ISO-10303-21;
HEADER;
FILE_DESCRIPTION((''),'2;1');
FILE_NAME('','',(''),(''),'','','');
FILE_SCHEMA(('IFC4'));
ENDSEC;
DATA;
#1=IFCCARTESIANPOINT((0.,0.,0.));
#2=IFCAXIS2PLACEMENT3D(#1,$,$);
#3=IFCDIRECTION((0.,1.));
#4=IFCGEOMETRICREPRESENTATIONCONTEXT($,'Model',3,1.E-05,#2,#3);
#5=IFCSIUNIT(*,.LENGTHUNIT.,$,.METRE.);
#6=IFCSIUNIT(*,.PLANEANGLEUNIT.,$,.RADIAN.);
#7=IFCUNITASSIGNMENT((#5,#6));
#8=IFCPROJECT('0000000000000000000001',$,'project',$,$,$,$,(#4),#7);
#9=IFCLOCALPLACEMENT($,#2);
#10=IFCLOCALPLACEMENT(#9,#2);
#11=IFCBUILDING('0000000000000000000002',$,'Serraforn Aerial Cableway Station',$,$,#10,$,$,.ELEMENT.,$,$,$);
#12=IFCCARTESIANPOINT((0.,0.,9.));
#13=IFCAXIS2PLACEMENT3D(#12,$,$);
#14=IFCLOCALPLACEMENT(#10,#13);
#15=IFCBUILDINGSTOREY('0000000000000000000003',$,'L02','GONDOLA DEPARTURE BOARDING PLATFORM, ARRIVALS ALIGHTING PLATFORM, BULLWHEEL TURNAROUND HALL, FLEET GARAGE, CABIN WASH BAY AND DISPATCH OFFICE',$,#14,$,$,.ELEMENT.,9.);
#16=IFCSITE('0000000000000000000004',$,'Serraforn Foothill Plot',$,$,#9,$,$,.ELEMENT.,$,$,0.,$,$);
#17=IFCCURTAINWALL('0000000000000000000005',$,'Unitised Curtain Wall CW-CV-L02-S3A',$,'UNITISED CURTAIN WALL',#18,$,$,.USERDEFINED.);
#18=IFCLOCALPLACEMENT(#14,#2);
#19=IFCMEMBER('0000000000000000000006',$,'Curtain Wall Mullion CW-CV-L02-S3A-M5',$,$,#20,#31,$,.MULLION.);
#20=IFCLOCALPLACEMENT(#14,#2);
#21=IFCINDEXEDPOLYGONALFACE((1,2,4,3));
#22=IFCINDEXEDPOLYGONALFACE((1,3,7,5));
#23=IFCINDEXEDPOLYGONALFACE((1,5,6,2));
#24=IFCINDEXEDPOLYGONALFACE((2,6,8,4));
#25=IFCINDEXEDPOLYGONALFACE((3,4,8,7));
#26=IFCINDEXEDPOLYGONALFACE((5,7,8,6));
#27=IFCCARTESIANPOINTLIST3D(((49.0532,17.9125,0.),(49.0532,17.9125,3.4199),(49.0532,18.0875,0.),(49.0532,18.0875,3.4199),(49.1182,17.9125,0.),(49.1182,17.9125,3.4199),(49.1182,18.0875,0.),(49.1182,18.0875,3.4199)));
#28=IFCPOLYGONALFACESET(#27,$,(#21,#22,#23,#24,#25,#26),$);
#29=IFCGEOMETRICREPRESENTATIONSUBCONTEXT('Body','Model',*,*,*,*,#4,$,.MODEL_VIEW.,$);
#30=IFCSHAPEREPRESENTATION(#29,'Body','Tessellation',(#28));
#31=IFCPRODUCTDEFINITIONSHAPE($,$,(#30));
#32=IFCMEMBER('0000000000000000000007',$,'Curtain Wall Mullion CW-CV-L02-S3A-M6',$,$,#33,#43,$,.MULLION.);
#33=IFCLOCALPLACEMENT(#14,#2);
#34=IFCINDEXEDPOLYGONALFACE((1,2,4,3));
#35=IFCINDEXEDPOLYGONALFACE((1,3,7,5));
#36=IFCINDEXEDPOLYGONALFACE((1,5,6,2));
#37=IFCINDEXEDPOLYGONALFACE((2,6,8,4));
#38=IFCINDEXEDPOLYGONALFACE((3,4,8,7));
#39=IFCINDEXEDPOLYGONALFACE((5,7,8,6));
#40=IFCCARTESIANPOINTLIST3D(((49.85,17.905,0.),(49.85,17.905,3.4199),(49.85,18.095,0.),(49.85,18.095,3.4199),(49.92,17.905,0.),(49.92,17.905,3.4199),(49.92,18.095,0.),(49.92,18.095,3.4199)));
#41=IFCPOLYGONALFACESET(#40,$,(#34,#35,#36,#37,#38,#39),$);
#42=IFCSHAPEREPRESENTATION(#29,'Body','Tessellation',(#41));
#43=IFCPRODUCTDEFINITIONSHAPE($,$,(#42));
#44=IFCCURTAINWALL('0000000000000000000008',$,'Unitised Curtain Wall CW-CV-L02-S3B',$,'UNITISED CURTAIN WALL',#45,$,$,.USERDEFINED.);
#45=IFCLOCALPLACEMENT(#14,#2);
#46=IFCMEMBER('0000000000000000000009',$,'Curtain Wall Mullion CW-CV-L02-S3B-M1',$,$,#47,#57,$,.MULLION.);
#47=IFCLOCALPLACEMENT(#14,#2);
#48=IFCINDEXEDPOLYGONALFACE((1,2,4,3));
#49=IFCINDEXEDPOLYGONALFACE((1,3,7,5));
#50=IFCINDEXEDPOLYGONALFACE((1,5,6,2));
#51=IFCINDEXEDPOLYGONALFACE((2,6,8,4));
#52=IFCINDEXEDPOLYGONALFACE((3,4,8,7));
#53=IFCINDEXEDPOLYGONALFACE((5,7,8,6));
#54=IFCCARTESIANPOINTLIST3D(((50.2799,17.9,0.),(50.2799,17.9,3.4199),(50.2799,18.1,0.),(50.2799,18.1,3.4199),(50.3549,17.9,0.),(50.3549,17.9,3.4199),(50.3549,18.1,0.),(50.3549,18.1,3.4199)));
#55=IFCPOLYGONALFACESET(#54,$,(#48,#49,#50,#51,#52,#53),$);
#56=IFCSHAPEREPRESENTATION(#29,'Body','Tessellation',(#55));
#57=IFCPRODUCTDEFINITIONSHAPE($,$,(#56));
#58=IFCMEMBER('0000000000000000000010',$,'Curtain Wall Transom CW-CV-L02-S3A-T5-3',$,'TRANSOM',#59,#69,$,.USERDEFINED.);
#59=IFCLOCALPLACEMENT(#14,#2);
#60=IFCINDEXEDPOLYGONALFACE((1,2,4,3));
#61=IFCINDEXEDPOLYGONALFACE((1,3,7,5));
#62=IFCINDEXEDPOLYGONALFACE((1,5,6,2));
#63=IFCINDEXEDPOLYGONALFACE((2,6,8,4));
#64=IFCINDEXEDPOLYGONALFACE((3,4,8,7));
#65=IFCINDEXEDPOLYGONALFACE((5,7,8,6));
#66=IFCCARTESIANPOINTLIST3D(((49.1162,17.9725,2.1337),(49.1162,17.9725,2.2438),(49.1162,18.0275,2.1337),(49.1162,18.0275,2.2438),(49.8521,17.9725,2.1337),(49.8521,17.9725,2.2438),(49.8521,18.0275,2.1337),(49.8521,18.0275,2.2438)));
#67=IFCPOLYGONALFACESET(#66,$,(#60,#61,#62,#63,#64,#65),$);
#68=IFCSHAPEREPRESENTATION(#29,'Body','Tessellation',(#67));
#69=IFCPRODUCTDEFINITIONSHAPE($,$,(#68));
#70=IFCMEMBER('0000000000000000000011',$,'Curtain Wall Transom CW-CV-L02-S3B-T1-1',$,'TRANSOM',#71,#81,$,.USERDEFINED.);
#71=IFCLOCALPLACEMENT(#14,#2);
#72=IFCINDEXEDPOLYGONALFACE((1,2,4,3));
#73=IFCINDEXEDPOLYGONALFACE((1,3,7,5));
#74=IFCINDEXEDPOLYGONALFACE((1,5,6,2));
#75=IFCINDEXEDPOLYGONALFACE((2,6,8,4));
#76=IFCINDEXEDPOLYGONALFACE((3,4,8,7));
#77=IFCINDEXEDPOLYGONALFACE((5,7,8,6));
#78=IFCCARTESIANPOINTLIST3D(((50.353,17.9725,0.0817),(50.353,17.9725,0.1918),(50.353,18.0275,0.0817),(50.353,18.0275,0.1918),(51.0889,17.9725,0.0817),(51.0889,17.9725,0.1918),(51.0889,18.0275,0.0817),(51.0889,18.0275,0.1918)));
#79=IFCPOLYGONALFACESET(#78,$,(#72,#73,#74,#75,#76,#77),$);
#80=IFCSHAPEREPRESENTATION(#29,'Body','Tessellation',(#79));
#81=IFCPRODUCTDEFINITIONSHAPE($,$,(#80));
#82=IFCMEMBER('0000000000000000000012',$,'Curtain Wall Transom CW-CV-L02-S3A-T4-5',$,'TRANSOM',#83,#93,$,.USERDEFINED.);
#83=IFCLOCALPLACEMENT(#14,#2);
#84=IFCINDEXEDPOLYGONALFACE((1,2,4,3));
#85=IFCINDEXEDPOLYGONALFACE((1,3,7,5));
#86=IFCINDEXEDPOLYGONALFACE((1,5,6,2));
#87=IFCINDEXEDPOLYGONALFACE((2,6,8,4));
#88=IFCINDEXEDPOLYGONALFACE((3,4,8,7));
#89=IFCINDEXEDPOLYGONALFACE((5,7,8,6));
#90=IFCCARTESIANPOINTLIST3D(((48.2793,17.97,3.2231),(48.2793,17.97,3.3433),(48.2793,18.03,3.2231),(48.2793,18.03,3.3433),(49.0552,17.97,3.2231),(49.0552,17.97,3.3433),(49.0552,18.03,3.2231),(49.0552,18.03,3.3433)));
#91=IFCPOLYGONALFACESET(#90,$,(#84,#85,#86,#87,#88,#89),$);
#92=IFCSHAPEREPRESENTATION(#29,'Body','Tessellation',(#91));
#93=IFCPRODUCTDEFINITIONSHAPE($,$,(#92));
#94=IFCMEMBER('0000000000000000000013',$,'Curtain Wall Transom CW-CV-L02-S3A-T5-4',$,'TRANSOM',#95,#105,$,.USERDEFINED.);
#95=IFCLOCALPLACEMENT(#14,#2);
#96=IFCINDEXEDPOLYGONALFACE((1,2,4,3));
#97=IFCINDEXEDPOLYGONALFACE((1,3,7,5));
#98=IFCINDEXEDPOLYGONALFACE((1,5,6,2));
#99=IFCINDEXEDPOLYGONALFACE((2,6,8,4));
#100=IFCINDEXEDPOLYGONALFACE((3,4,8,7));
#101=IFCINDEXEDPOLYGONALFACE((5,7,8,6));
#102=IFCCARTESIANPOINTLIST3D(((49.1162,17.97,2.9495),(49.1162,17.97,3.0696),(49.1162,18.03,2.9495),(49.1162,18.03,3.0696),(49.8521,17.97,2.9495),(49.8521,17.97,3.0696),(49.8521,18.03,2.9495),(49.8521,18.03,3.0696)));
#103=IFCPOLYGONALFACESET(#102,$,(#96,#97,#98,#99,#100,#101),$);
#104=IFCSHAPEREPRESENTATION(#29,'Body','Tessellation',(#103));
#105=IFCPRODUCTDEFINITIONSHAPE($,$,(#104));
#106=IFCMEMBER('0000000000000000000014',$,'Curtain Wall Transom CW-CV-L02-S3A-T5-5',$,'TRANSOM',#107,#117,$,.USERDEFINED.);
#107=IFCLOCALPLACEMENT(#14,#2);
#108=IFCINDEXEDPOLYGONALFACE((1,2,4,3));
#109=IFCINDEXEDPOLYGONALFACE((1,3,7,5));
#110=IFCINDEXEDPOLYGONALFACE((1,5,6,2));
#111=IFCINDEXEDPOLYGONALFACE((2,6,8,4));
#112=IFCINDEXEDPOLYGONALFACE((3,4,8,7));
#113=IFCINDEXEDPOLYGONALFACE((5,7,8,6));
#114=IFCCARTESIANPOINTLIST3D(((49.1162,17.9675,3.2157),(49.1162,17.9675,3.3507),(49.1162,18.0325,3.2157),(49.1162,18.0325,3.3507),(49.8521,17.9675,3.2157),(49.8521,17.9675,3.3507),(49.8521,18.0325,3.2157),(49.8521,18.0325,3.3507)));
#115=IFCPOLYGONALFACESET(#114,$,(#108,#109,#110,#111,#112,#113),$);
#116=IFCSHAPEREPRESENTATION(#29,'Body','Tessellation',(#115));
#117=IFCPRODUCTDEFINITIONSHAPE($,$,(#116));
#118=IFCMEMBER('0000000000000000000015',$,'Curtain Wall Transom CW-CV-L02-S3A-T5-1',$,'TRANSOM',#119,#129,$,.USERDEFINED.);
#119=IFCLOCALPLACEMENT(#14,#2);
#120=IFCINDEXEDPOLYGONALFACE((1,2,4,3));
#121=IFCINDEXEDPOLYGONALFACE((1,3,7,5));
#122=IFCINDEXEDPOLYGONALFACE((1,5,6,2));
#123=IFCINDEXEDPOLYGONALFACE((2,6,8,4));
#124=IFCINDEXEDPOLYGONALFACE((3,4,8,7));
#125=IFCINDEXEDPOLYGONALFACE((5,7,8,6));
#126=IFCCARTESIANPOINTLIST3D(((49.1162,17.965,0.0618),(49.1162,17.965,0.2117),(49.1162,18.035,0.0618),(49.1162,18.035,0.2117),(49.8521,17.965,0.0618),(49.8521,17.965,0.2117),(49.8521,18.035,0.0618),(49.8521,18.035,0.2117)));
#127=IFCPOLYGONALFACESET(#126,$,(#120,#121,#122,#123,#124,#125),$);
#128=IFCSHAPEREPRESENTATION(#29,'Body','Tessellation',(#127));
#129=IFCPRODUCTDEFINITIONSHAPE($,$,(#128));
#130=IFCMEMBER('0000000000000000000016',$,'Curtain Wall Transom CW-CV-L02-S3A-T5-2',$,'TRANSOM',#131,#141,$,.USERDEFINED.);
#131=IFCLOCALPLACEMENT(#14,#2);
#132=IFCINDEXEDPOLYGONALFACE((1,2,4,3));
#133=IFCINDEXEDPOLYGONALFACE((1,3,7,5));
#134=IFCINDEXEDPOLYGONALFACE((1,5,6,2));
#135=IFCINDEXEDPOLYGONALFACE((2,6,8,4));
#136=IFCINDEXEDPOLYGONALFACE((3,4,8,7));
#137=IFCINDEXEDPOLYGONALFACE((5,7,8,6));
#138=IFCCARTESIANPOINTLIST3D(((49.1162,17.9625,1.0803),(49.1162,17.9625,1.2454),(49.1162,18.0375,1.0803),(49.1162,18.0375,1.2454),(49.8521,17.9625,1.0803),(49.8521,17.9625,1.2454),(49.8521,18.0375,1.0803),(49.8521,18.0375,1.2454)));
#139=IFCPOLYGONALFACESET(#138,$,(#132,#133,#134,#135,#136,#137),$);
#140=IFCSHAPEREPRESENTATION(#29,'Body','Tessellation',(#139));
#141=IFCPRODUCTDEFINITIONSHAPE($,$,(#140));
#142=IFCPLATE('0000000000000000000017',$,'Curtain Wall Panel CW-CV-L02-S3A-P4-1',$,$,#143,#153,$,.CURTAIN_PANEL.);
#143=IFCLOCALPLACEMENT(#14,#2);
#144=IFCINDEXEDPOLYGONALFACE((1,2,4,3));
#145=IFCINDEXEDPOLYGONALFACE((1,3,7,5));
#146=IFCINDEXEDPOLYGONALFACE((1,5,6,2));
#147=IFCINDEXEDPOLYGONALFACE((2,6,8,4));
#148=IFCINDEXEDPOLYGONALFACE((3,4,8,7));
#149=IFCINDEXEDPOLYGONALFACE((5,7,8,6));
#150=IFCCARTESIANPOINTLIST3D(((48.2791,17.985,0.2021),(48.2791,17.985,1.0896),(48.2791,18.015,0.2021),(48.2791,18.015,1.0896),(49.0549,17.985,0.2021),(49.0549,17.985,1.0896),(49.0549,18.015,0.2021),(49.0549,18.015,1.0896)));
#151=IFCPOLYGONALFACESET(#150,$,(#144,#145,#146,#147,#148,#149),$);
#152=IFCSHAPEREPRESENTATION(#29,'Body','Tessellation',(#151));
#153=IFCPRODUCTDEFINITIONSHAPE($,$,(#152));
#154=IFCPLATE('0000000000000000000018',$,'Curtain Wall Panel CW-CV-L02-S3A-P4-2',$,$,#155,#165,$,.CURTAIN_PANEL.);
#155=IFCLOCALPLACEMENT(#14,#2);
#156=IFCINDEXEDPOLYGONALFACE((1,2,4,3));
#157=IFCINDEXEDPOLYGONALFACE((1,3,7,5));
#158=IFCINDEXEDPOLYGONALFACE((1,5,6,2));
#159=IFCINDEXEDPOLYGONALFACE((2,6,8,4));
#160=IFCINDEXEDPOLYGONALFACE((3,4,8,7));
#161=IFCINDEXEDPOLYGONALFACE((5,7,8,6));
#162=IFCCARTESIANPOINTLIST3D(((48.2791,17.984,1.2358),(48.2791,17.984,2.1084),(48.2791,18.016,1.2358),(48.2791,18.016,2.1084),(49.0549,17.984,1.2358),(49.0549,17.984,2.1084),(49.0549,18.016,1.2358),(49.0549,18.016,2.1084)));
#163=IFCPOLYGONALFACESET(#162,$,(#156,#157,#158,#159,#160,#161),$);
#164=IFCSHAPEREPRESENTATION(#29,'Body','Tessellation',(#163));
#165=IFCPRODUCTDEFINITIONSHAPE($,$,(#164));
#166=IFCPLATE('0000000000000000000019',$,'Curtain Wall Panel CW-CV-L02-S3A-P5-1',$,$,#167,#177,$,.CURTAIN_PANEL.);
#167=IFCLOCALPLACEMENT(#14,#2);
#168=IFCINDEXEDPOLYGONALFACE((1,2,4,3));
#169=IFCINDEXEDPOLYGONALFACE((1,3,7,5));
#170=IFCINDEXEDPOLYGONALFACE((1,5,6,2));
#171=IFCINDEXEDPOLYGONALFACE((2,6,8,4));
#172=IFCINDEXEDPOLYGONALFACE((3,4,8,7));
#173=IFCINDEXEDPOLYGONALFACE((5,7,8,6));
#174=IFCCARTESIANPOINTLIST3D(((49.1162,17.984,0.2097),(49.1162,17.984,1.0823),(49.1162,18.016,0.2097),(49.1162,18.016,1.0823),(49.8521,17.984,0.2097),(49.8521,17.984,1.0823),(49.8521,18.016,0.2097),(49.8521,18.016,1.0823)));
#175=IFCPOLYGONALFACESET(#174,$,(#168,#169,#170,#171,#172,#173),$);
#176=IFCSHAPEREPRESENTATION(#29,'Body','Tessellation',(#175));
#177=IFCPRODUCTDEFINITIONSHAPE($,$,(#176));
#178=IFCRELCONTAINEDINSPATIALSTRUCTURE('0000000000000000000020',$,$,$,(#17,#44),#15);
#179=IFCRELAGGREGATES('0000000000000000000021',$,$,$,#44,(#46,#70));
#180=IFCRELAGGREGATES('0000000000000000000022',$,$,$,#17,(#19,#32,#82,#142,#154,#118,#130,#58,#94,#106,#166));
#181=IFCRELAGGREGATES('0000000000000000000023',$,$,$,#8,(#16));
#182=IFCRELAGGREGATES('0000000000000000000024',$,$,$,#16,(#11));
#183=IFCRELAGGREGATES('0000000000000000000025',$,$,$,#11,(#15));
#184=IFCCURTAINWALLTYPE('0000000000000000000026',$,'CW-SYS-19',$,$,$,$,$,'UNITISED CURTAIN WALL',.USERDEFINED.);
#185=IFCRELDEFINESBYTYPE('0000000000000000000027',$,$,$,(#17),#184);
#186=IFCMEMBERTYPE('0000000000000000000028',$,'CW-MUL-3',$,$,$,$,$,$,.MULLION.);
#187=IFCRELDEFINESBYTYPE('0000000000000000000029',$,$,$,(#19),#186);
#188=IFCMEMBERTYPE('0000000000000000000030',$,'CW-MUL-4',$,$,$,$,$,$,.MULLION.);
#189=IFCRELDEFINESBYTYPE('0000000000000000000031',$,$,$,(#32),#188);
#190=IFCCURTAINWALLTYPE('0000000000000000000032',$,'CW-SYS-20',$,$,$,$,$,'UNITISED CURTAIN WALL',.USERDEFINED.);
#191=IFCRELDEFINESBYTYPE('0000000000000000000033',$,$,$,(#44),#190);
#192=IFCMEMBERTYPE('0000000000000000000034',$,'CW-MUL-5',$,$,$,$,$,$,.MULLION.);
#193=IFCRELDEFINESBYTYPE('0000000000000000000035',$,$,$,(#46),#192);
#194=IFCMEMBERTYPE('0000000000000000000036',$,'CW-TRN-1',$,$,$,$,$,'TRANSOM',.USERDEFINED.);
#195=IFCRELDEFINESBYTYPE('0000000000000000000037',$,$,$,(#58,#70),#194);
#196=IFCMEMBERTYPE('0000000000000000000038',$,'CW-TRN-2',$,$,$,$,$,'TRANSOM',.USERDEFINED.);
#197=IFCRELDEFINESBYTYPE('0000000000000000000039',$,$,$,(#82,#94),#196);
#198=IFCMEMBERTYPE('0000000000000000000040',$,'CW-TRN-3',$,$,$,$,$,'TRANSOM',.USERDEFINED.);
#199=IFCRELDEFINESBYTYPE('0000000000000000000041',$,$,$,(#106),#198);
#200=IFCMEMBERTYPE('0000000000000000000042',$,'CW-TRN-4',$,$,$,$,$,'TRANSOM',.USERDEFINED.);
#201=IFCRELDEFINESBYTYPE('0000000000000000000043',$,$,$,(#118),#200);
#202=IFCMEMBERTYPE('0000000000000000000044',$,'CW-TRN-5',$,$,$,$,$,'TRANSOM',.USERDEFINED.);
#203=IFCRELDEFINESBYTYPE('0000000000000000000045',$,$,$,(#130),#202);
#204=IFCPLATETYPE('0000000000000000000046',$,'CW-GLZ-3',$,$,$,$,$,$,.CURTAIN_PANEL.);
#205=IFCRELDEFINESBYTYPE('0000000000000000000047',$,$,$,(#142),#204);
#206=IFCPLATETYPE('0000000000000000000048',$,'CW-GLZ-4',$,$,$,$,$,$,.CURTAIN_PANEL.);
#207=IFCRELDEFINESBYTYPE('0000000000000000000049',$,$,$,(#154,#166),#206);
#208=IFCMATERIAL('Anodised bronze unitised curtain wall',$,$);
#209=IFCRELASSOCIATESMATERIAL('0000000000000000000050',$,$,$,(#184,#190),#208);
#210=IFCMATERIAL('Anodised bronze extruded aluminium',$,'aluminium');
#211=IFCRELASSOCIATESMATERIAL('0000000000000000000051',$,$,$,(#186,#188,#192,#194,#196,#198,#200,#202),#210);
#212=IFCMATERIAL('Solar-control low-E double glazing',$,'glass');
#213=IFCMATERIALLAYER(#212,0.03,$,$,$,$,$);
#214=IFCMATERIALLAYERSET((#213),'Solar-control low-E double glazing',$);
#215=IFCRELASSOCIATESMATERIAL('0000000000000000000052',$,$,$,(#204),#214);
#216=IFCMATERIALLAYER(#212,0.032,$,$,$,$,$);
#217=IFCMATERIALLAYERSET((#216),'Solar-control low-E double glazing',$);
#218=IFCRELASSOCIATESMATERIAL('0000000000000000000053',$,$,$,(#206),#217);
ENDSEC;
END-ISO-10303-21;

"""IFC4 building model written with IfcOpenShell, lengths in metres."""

from ifc_helpers import new_model, si_unit, direction, frame, origin, origin_2d, place, context, subcontext, project, spatial, rectangle, extrude, material, layer, layer_set, material_profile, profile_set, type_object, element, aggregate, save


model = new_model("IFC4")

# Units and contexts
model_context = context("Model", 3, precision=1e-05, world=origin(), true_north=direction((0.0, 1.0)))
body_context = subcontext(model_context, "Body", "Model", "MODEL_VIEW")
ifc_project = project(units=[si_unit("LENGTHUNIT", "METRE"), si_unit("PLANEANGLEUNIT", "RADIAN")], contexts=[model_context])

# Site, building, storey
site_placement = place(None, origin())
site = spatial("IfcSite", under=ifc_project, at=site_placement, Name="Serraforn Foothill Plot", CompositionType="ELEMENT", RefElevation=0.0)
building_placement = place(site_placement, origin())
building = spatial("IfcBuilding", under=site, at=building_placement, Name="Serraforn Aerial Cableway Station", CompositionType="ELEMENT")
storey_placement = place(building_placement, frame((0.0, 0.0, 9.0)))
storey = spatial("IfcBuildingStorey", under=building, at=storey_placement, Name="L02", Description="GONDOLA DEPARTURE BOARDING PLATFORM, ARRIVALS ALIGHTING PLATFORM, BULLWHEEL TURNAROUND HALL, FLEET GARAGE, CABIN WASH BAY AND DISPATCH OFFICE", CompositionType="ELEMENT", Elevation=9.0)

# Curtain wall, members
ifc_material_1 = material(Name="Anodised bronze unitised curtain wall")
curtain_wall_type_1 = type_object("IfcCurtainWallType", Name="CW-SYS-19", ElementType="UNITISED CURTAIN WALL", PredefinedType="USERDEFINED", material=ifc_material_1)
curtain_wall_1_placement = place(storey_placement, origin())
curtain_wall_1 = element("IfcCurtainWall", 1, at=curtain_wall_1_placement, inside=storey, type_object=curtain_wall_type_1, Name="Unitised Curtain Wall CW-CV-L02-S3A", ObjectType="UNITISED CURTAIN WALL", PredefinedType="USERDEFINED")
ifc_material_2 = material(Name="Anodised bronze extruded aluminium", Category="aluminium")
ifc_material_profile_1 = material_profile(ifc_material_2, rectangle(XDim=0.0649, YDim=0.175, at=origin_2d()), Name="CW MULLION 65x175")
ifc_profile_set_1 = profile_set([ifc_material_profile_1], Name="Anodised bronze extruded aluminium")
member_type_1 = type_object("IfcMemberType", Name="CW-MUL-3", PredefinedType="MULLION", material=ifc_profile_set_1)
member_1_placement = place(storey_placement, frame((49.0857, 18.0, 0.0), z_axis=(0.0, 0.0, 1.0), x_axis=(1.0, 0.0, 0.0)))
member_1 = element("IfcMember", 2, at=member_1_placement, type_object=member_type_1, Name="Curtain Wall Mullion CW-CV-L02-S3A-M5", PredefinedType="MULLION", context=body_context, shape_type="SweptSolid", body=[
    extrude(rectangle(XDim=0.0649, YDim=0.175, at=origin_2d()), origin(), (0.0, 0.0, 1.0), 3.4199),
])
ifc_material_profile_2 = material_profile(ifc_material_2, rectangle(XDim=0.0701, YDim=0.1899, at=origin_2d()), Name="CW MULLION 70x190")
ifc_profile_set_2 = profile_set([ifc_material_profile_2], Name="Anodised bronze extruded aluminium")
member_type_2 = type_object("IfcMemberType", Name="CW-MUL-4", PredefinedType="MULLION", material=ifc_profile_set_2)
member_2_placement = place(storey_placement, frame((49.885, 18.0, 0.0), z_axis=(0.0, 0.0, 1.0), x_axis=(1.0, 0.0, 0.0)))
member_2 = element("IfcMember", 3, at=member_2_placement, type_object=member_type_2, Name="Curtain Wall Mullion CW-CV-L02-S3A-M6", PredefinedType="MULLION", context=body_context, shape_type="SweptSolid", body=[
    extrude(rectangle(XDim=0.0701, YDim=0.1899, at=origin_2d()), origin(), (0.0, 0.0, 1.0), 3.4199),
])

# Curtain wall, member
curtain_wall_type_2 = type_object("IfcCurtainWallType", Name="CW-SYS-20", ElementType="UNITISED CURTAIN WALL", PredefinedType="USERDEFINED", material=ifc_material_1)
curtain_wall_2_placement = place(storey_placement, origin())
curtain_wall_2 = element("IfcCurtainWall", 4, at=curtain_wall_2_placement, inside=storey, type_object=curtain_wall_type_2, Name="Unitised Curtain Wall CW-CV-L02-S3B", ObjectType="UNITISED CURTAIN WALL", PredefinedType="USERDEFINED")
ifc_material_profile_3 = material_profile(ifc_material_2, rectangle(XDim=0.075, YDim=0.2, at=origin_2d()), Name="CW MULLION 75x200")
ifc_profile_set_3 = profile_set([ifc_material_profile_3], Name="Anodised bronze extruded aluminium")
member_type_3 = type_object("IfcMemberType", Name="CW-MUL-5", PredefinedType="MULLION", material=ifc_profile_set_3)
member_3_placement = place(storey_placement, frame((50.3174, 18.0, 0.0), z_axis=(0.0, 0.0, 1.0), x_axis=(1.0, 0.0, 0.0)))
member_3 = element("IfcMember", 5, at=member_3_placement, type_object=member_type_3, Name="Curtain Wall Mullion CW-CV-L02-S3B-M1", PredefinedType="MULLION", context=body_context, shape_type="SweptSolid", body=[
    extrude(rectangle(XDim=0.075, YDim=0.2, at=origin_2d()), origin(), (0.0, 0.0, 1.0), 3.4199),
])

# Members
ifc_material_profile_4 = material_profile(ifc_material_2, rectangle(XDim=0.0549, YDim=0.1101, at=origin_2d()), Name="CW TRANSOM 55x110")
ifc_profile_set_4 = profile_set([ifc_material_profile_4], Name="Anodised bronze extruded aluminium")
member_type_4 = type_object("IfcMemberType", Name="CW-TRN-1", ElementType="TRANSOM", PredefinedType="USERDEFINED", material=ifc_profile_set_4)
member_4_placement = place(storey_placement, frame((49.1162, 18.0, 2.1887), z_axis=(1.0, 0.0, 0.0), x_axis=(0.0, 1.0, 0.0)))
member_4 = element("IfcMember", 6, at=member_4_placement, type_object=member_type_4, Name="Curtain Wall Transom CW-CV-L02-S3A-T5-3", ObjectType="TRANSOM", PredefinedType="USERDEFINED", context=body_context, shape_type="SweptSolid", body=[
    extrude(rectangle(XDim=0.0549, YDim=0.1101, at=origin_2d()), origin(), (0.0, 0.0, 1.0), 0.7358),
])
member_5_placement = place(storey_placement, frame((50.353, 18.0, 0.1367), z_axis=(1.0, 0.0, 0.0), x_axis=(0.0, 1.0, 0.0)))
member_5 = element("IfcMember", 7, at=member_5_placement, type_object=member_type_4, Name="Curtain Wall Transom CW-CV-L02-S3B-T1-1", ObjectType="TRANSOM", PredefinedType="USERDEFINED", context=body_context, shape_type="SweptSolid", body=[
    extrude(rectangle(XDim=0.0549, YDim=0.1101, at=origin_2d()), origin(), (0.0, 0.0, 1.0), 0.7358),
])
aggregate(curtain_wall_2, [member_3, member_5])
ifc_material_profile_5 = material_profile(ifc_material_2, rectangle(XDim=0.0601, YDim=0.1201, at=origin_2d()), Name="CW TRANSOM 60x120")
ifc_profile_set_5 = profile_set([ifc_material_profile_5], Name="Anodised bronze extruded aluminium")
member_type_5 = type_object("IfcMemberType", Name="CW-TRN-2", ElementType="TRANSOM", PredefinedType="USERDEFINED", material=ifc_profile_set_5)
member_6_placement = place(storey_placement, frame((48.2793, 18.0, 3.2832), z_axis=(1.0, 0.0, 0.0), x_axis=(0.0, 1.0, 0.0)))
member_6 = element("IfcMember", 8, at=member_6_placement, type_object=member_type_5, Name="Curtain Wall Transom CW-CV-L02-S3A-T4-5", ObjectType="TRANSOM", PredefinedType="USERDEFINED", context=body_context, shape_type="SweptSolid", body=[
    extrude(rectangle(XDim=0.0601, YDim=0.1201, at=origin_2d()), origin(), (0.0, 0.0, 1.0), 0.7759),
])
member_7_placement = place(storey_placement, frame((49.1162, 18.0, 3.0095), z_axis=(1.0, 0.0, 0.0), x_axis=(0.0, 1.0, 0.0)))
member_7 = element("IfcMember", 9, at=member_7_placement, type_object=member_type_5, Name="Curtain Wall Transom CW-CV-L02-S3A-T5-4", ObjectType="TRANSOM", PredefinedType="USERDEFINED", context=body_context, shape_type="SweptSolid", body=[
    extrude(rectangle(XDim=0.0601, YDim=0.1201, at=origin_2d()), origin(), (0.0, 0.0, 1.0), 0.7358),
])
ifc_material_profile_6 = material_profile(ifc_material_2, rectangle(XDim=0.0649, YDim=0.135, at=origin_2d()), Name="CW TRANSOM 65x135")
ifc_profile_set_6 = profile_set([ifc_material_profile_6], Name="Anodised bronze extruded aluminium")
member_type_6 = type_object("IfcMemberType", Name="CW-TRN-3", ElementType="TRANSOM", PredefinedType="USERDEFINED", material=ifc_profile_set_6)
member_8_placement = place(storey_placement, frame((49.1162, 18.0, 3.2832), z_axis=(1.0, 0.0, 0.0), x_axis=(0.0, 1.0, 0.0)))
member_8 = element("IfcMember", 10, at=member_8_placement, type_object=member_type_6, Name="Curtain Wall Transom CW-CV-L02-S3A-T5-5", ObjectType="TRANSOM", PredefinedType="USERDEFINED", context=body_context, shape_type="SweptSolid", body=[
    extrude(rectangle(XDim=0.0649, YDim=0.135, at=origin_2d()), origin(), (0.0, 0.0, 1.0), 0.7358),
])
ifc_material_profile_7 = material_profile(ifc_material_2, rectangle(XDim=0.0701, YDim=0.1499, at=origin_2d()), Name="CW TRANSOM 70x150")
ifc_profile_set_7 = profile_set([ifc_material_profile_7], Name="Anodised bronze extruded aluminium")
member_type_7 = type_object("IfcMemberType", Name="CW-TRN-4", ElementType="TRANSOM", PredefinedType="USERDEFINED", material=ifc_profile_set_7)
member_9_placement = place(storey_placement, frame((49.1162, 18.0, 0.1367), z_axis=(1.0, 0.0, 0.0), x_axis=(0.0, 1.0, 0.0)))
member_9 = element("IfcMember", 11, at=member_9_placement, type_object=member_type_7, Name="Curtain Wall Transom CW-CV-L02-S3A-T5-1", ObjectType="TRANSOM", PredefinedType="USERDEFINED", context=body_context, shape_type="SweptSolid", body=[
    extrude(rectangle(XDim=0.0701, YDim=0.1499, at=origin_2d()), origin(), (0.0, 0.0, 1.0), 0.7358),
])
ifc_material_profile_8 = material_profile(ifc_material_2, rectangle(XDim=0.075, YDim=0.165, at=origin_2d()), Name="CW TRANSOM 75x165")
ifc_profile_set_8 = profile_set([ifc_material_profile_8], Name="Anodised bronze extruded aluminium")
member_type_8 = type_object("IfcMemberType", Name="CW-TRN-5", ElementType="TRANSOM", PredefinedType="USERDEFINED", material=ifc_profile_set_8)
member_10_placement = place(storey_placement, frame((49.1162, 18.0, 1.1628), z_axis=(1.0, 0.0, 0.0), x_axis=(0.0, 1.0, 0.0)))
member_10 = element("IfcMember", 12, at=member_10_placement, type_object=member_type_8, Name="Curtain Wall Transom CW-CV-L02-S3A-T5-2", ObjectType="TRANSOM", PredefinedType="USERDEFINED", context=body_context, shape_type="SweptSolid", body=[
    extrude(rectangle(XDim=0.075, YDim=0.165, at=origin_2d()), origin(), (0.0, 0.0, 1.0), 0.7358),
])

# Plates
ifc_material_3 = material(Name="Solar-control low-E double glazing", Category="glass")
ifc_layer_1 = layer(ifc_material_3, 0.03)
ifc_layer_set_1 = layer_set([ifc_layer_1], Name="Solar-control low-E double glazing")
plate_type_1 = type_object("IfcPlateType", Name="CW-GLZ-3", PredefinedType="CURTAIN_PANEL", material=ifc_layer_set_1)
plate_1_placement = place(storey_placement, frame((48.667, 18.0, 0.2021), z_axis=(0.0, 0.0, 1.0), x_axis=(1.0, 0.0, 0.0)))
plate_1 = element("IfcPlate", 13, at=plate_1_placement, type_object=plate_type_1, Name="Curtain Wall Panel CW-CV-L02-S3A-P4-1", PredefinedType="CURTAIN_PANEL", context=body_context, shape_type="SweptSolid", body=[
    extrude(rectangle(XDim=0.7759, YDim=0.03, at=origin_2d()), origin(), (0.0, 0.0, 1.0), 0.8875),
])
ifc_layer_2 = layer(ifc_material_3, 0.032)
ifc_layer_set_2 = layer_set([ifc_layer_2], Name="Solar-control low-E double glazing")
plate_type_2 = type_object("IfcPlateType", Name="CW-GLZ-4", PredefinedType="CURTAIN_PANEL", material=ifc_layer_set_2)
plate_2_placement = place(storey_placement, frame((48.667, 18.0, 1.2358), z_axis=(0.0, 0.0, 1.0), x_axis=(1.0, 0.0, 0.0)))
plate_2 = element("IfcPlate", 14, at=plate_2_placement, type_object=plate_type_2, Name="Curtain Wall Panel CW-CV-L02-S3A-P4-2", PredefinedType="CURTAIN_PANEL", context=body_context, shape_type="SweptSolid", body=[
    extrude(rectangle(XDim=0.7759, YDim=0.032, at=origin_2d()), origin(), (0.0, 0.0, 1.0), 0.8726),
])
plate_3_placement = place(storey_placement, frame((49.4841, 18.0, 0.2097), z_axis=(0.0, 0.0, 1.0), x_axis=(1.0, 0.0, 0.0)))
plate_3 = element("IfcPlate", 15, at=plate_3_placement, type_object=plate_type_2, Name="Curtain Wall Panel CW-CV-L02-S3A-P5-1", PredefinedType="CURTAIN_PANEL", context=body_context, shape_type="SweptSolid", body=[
    extrude(rectangle(XDim=0.7358, YDim=0.032, at=origin_2d()), origin(), (0.0, 0.0, 1.0), 0.8726),
])
aggregate(curtain_wall_1, [member_1, member_2, member_6, plate_1, plate_2, member_9, member_10, member_4, member_7, member_8, plate_3])

save(model, "model.ifc")
